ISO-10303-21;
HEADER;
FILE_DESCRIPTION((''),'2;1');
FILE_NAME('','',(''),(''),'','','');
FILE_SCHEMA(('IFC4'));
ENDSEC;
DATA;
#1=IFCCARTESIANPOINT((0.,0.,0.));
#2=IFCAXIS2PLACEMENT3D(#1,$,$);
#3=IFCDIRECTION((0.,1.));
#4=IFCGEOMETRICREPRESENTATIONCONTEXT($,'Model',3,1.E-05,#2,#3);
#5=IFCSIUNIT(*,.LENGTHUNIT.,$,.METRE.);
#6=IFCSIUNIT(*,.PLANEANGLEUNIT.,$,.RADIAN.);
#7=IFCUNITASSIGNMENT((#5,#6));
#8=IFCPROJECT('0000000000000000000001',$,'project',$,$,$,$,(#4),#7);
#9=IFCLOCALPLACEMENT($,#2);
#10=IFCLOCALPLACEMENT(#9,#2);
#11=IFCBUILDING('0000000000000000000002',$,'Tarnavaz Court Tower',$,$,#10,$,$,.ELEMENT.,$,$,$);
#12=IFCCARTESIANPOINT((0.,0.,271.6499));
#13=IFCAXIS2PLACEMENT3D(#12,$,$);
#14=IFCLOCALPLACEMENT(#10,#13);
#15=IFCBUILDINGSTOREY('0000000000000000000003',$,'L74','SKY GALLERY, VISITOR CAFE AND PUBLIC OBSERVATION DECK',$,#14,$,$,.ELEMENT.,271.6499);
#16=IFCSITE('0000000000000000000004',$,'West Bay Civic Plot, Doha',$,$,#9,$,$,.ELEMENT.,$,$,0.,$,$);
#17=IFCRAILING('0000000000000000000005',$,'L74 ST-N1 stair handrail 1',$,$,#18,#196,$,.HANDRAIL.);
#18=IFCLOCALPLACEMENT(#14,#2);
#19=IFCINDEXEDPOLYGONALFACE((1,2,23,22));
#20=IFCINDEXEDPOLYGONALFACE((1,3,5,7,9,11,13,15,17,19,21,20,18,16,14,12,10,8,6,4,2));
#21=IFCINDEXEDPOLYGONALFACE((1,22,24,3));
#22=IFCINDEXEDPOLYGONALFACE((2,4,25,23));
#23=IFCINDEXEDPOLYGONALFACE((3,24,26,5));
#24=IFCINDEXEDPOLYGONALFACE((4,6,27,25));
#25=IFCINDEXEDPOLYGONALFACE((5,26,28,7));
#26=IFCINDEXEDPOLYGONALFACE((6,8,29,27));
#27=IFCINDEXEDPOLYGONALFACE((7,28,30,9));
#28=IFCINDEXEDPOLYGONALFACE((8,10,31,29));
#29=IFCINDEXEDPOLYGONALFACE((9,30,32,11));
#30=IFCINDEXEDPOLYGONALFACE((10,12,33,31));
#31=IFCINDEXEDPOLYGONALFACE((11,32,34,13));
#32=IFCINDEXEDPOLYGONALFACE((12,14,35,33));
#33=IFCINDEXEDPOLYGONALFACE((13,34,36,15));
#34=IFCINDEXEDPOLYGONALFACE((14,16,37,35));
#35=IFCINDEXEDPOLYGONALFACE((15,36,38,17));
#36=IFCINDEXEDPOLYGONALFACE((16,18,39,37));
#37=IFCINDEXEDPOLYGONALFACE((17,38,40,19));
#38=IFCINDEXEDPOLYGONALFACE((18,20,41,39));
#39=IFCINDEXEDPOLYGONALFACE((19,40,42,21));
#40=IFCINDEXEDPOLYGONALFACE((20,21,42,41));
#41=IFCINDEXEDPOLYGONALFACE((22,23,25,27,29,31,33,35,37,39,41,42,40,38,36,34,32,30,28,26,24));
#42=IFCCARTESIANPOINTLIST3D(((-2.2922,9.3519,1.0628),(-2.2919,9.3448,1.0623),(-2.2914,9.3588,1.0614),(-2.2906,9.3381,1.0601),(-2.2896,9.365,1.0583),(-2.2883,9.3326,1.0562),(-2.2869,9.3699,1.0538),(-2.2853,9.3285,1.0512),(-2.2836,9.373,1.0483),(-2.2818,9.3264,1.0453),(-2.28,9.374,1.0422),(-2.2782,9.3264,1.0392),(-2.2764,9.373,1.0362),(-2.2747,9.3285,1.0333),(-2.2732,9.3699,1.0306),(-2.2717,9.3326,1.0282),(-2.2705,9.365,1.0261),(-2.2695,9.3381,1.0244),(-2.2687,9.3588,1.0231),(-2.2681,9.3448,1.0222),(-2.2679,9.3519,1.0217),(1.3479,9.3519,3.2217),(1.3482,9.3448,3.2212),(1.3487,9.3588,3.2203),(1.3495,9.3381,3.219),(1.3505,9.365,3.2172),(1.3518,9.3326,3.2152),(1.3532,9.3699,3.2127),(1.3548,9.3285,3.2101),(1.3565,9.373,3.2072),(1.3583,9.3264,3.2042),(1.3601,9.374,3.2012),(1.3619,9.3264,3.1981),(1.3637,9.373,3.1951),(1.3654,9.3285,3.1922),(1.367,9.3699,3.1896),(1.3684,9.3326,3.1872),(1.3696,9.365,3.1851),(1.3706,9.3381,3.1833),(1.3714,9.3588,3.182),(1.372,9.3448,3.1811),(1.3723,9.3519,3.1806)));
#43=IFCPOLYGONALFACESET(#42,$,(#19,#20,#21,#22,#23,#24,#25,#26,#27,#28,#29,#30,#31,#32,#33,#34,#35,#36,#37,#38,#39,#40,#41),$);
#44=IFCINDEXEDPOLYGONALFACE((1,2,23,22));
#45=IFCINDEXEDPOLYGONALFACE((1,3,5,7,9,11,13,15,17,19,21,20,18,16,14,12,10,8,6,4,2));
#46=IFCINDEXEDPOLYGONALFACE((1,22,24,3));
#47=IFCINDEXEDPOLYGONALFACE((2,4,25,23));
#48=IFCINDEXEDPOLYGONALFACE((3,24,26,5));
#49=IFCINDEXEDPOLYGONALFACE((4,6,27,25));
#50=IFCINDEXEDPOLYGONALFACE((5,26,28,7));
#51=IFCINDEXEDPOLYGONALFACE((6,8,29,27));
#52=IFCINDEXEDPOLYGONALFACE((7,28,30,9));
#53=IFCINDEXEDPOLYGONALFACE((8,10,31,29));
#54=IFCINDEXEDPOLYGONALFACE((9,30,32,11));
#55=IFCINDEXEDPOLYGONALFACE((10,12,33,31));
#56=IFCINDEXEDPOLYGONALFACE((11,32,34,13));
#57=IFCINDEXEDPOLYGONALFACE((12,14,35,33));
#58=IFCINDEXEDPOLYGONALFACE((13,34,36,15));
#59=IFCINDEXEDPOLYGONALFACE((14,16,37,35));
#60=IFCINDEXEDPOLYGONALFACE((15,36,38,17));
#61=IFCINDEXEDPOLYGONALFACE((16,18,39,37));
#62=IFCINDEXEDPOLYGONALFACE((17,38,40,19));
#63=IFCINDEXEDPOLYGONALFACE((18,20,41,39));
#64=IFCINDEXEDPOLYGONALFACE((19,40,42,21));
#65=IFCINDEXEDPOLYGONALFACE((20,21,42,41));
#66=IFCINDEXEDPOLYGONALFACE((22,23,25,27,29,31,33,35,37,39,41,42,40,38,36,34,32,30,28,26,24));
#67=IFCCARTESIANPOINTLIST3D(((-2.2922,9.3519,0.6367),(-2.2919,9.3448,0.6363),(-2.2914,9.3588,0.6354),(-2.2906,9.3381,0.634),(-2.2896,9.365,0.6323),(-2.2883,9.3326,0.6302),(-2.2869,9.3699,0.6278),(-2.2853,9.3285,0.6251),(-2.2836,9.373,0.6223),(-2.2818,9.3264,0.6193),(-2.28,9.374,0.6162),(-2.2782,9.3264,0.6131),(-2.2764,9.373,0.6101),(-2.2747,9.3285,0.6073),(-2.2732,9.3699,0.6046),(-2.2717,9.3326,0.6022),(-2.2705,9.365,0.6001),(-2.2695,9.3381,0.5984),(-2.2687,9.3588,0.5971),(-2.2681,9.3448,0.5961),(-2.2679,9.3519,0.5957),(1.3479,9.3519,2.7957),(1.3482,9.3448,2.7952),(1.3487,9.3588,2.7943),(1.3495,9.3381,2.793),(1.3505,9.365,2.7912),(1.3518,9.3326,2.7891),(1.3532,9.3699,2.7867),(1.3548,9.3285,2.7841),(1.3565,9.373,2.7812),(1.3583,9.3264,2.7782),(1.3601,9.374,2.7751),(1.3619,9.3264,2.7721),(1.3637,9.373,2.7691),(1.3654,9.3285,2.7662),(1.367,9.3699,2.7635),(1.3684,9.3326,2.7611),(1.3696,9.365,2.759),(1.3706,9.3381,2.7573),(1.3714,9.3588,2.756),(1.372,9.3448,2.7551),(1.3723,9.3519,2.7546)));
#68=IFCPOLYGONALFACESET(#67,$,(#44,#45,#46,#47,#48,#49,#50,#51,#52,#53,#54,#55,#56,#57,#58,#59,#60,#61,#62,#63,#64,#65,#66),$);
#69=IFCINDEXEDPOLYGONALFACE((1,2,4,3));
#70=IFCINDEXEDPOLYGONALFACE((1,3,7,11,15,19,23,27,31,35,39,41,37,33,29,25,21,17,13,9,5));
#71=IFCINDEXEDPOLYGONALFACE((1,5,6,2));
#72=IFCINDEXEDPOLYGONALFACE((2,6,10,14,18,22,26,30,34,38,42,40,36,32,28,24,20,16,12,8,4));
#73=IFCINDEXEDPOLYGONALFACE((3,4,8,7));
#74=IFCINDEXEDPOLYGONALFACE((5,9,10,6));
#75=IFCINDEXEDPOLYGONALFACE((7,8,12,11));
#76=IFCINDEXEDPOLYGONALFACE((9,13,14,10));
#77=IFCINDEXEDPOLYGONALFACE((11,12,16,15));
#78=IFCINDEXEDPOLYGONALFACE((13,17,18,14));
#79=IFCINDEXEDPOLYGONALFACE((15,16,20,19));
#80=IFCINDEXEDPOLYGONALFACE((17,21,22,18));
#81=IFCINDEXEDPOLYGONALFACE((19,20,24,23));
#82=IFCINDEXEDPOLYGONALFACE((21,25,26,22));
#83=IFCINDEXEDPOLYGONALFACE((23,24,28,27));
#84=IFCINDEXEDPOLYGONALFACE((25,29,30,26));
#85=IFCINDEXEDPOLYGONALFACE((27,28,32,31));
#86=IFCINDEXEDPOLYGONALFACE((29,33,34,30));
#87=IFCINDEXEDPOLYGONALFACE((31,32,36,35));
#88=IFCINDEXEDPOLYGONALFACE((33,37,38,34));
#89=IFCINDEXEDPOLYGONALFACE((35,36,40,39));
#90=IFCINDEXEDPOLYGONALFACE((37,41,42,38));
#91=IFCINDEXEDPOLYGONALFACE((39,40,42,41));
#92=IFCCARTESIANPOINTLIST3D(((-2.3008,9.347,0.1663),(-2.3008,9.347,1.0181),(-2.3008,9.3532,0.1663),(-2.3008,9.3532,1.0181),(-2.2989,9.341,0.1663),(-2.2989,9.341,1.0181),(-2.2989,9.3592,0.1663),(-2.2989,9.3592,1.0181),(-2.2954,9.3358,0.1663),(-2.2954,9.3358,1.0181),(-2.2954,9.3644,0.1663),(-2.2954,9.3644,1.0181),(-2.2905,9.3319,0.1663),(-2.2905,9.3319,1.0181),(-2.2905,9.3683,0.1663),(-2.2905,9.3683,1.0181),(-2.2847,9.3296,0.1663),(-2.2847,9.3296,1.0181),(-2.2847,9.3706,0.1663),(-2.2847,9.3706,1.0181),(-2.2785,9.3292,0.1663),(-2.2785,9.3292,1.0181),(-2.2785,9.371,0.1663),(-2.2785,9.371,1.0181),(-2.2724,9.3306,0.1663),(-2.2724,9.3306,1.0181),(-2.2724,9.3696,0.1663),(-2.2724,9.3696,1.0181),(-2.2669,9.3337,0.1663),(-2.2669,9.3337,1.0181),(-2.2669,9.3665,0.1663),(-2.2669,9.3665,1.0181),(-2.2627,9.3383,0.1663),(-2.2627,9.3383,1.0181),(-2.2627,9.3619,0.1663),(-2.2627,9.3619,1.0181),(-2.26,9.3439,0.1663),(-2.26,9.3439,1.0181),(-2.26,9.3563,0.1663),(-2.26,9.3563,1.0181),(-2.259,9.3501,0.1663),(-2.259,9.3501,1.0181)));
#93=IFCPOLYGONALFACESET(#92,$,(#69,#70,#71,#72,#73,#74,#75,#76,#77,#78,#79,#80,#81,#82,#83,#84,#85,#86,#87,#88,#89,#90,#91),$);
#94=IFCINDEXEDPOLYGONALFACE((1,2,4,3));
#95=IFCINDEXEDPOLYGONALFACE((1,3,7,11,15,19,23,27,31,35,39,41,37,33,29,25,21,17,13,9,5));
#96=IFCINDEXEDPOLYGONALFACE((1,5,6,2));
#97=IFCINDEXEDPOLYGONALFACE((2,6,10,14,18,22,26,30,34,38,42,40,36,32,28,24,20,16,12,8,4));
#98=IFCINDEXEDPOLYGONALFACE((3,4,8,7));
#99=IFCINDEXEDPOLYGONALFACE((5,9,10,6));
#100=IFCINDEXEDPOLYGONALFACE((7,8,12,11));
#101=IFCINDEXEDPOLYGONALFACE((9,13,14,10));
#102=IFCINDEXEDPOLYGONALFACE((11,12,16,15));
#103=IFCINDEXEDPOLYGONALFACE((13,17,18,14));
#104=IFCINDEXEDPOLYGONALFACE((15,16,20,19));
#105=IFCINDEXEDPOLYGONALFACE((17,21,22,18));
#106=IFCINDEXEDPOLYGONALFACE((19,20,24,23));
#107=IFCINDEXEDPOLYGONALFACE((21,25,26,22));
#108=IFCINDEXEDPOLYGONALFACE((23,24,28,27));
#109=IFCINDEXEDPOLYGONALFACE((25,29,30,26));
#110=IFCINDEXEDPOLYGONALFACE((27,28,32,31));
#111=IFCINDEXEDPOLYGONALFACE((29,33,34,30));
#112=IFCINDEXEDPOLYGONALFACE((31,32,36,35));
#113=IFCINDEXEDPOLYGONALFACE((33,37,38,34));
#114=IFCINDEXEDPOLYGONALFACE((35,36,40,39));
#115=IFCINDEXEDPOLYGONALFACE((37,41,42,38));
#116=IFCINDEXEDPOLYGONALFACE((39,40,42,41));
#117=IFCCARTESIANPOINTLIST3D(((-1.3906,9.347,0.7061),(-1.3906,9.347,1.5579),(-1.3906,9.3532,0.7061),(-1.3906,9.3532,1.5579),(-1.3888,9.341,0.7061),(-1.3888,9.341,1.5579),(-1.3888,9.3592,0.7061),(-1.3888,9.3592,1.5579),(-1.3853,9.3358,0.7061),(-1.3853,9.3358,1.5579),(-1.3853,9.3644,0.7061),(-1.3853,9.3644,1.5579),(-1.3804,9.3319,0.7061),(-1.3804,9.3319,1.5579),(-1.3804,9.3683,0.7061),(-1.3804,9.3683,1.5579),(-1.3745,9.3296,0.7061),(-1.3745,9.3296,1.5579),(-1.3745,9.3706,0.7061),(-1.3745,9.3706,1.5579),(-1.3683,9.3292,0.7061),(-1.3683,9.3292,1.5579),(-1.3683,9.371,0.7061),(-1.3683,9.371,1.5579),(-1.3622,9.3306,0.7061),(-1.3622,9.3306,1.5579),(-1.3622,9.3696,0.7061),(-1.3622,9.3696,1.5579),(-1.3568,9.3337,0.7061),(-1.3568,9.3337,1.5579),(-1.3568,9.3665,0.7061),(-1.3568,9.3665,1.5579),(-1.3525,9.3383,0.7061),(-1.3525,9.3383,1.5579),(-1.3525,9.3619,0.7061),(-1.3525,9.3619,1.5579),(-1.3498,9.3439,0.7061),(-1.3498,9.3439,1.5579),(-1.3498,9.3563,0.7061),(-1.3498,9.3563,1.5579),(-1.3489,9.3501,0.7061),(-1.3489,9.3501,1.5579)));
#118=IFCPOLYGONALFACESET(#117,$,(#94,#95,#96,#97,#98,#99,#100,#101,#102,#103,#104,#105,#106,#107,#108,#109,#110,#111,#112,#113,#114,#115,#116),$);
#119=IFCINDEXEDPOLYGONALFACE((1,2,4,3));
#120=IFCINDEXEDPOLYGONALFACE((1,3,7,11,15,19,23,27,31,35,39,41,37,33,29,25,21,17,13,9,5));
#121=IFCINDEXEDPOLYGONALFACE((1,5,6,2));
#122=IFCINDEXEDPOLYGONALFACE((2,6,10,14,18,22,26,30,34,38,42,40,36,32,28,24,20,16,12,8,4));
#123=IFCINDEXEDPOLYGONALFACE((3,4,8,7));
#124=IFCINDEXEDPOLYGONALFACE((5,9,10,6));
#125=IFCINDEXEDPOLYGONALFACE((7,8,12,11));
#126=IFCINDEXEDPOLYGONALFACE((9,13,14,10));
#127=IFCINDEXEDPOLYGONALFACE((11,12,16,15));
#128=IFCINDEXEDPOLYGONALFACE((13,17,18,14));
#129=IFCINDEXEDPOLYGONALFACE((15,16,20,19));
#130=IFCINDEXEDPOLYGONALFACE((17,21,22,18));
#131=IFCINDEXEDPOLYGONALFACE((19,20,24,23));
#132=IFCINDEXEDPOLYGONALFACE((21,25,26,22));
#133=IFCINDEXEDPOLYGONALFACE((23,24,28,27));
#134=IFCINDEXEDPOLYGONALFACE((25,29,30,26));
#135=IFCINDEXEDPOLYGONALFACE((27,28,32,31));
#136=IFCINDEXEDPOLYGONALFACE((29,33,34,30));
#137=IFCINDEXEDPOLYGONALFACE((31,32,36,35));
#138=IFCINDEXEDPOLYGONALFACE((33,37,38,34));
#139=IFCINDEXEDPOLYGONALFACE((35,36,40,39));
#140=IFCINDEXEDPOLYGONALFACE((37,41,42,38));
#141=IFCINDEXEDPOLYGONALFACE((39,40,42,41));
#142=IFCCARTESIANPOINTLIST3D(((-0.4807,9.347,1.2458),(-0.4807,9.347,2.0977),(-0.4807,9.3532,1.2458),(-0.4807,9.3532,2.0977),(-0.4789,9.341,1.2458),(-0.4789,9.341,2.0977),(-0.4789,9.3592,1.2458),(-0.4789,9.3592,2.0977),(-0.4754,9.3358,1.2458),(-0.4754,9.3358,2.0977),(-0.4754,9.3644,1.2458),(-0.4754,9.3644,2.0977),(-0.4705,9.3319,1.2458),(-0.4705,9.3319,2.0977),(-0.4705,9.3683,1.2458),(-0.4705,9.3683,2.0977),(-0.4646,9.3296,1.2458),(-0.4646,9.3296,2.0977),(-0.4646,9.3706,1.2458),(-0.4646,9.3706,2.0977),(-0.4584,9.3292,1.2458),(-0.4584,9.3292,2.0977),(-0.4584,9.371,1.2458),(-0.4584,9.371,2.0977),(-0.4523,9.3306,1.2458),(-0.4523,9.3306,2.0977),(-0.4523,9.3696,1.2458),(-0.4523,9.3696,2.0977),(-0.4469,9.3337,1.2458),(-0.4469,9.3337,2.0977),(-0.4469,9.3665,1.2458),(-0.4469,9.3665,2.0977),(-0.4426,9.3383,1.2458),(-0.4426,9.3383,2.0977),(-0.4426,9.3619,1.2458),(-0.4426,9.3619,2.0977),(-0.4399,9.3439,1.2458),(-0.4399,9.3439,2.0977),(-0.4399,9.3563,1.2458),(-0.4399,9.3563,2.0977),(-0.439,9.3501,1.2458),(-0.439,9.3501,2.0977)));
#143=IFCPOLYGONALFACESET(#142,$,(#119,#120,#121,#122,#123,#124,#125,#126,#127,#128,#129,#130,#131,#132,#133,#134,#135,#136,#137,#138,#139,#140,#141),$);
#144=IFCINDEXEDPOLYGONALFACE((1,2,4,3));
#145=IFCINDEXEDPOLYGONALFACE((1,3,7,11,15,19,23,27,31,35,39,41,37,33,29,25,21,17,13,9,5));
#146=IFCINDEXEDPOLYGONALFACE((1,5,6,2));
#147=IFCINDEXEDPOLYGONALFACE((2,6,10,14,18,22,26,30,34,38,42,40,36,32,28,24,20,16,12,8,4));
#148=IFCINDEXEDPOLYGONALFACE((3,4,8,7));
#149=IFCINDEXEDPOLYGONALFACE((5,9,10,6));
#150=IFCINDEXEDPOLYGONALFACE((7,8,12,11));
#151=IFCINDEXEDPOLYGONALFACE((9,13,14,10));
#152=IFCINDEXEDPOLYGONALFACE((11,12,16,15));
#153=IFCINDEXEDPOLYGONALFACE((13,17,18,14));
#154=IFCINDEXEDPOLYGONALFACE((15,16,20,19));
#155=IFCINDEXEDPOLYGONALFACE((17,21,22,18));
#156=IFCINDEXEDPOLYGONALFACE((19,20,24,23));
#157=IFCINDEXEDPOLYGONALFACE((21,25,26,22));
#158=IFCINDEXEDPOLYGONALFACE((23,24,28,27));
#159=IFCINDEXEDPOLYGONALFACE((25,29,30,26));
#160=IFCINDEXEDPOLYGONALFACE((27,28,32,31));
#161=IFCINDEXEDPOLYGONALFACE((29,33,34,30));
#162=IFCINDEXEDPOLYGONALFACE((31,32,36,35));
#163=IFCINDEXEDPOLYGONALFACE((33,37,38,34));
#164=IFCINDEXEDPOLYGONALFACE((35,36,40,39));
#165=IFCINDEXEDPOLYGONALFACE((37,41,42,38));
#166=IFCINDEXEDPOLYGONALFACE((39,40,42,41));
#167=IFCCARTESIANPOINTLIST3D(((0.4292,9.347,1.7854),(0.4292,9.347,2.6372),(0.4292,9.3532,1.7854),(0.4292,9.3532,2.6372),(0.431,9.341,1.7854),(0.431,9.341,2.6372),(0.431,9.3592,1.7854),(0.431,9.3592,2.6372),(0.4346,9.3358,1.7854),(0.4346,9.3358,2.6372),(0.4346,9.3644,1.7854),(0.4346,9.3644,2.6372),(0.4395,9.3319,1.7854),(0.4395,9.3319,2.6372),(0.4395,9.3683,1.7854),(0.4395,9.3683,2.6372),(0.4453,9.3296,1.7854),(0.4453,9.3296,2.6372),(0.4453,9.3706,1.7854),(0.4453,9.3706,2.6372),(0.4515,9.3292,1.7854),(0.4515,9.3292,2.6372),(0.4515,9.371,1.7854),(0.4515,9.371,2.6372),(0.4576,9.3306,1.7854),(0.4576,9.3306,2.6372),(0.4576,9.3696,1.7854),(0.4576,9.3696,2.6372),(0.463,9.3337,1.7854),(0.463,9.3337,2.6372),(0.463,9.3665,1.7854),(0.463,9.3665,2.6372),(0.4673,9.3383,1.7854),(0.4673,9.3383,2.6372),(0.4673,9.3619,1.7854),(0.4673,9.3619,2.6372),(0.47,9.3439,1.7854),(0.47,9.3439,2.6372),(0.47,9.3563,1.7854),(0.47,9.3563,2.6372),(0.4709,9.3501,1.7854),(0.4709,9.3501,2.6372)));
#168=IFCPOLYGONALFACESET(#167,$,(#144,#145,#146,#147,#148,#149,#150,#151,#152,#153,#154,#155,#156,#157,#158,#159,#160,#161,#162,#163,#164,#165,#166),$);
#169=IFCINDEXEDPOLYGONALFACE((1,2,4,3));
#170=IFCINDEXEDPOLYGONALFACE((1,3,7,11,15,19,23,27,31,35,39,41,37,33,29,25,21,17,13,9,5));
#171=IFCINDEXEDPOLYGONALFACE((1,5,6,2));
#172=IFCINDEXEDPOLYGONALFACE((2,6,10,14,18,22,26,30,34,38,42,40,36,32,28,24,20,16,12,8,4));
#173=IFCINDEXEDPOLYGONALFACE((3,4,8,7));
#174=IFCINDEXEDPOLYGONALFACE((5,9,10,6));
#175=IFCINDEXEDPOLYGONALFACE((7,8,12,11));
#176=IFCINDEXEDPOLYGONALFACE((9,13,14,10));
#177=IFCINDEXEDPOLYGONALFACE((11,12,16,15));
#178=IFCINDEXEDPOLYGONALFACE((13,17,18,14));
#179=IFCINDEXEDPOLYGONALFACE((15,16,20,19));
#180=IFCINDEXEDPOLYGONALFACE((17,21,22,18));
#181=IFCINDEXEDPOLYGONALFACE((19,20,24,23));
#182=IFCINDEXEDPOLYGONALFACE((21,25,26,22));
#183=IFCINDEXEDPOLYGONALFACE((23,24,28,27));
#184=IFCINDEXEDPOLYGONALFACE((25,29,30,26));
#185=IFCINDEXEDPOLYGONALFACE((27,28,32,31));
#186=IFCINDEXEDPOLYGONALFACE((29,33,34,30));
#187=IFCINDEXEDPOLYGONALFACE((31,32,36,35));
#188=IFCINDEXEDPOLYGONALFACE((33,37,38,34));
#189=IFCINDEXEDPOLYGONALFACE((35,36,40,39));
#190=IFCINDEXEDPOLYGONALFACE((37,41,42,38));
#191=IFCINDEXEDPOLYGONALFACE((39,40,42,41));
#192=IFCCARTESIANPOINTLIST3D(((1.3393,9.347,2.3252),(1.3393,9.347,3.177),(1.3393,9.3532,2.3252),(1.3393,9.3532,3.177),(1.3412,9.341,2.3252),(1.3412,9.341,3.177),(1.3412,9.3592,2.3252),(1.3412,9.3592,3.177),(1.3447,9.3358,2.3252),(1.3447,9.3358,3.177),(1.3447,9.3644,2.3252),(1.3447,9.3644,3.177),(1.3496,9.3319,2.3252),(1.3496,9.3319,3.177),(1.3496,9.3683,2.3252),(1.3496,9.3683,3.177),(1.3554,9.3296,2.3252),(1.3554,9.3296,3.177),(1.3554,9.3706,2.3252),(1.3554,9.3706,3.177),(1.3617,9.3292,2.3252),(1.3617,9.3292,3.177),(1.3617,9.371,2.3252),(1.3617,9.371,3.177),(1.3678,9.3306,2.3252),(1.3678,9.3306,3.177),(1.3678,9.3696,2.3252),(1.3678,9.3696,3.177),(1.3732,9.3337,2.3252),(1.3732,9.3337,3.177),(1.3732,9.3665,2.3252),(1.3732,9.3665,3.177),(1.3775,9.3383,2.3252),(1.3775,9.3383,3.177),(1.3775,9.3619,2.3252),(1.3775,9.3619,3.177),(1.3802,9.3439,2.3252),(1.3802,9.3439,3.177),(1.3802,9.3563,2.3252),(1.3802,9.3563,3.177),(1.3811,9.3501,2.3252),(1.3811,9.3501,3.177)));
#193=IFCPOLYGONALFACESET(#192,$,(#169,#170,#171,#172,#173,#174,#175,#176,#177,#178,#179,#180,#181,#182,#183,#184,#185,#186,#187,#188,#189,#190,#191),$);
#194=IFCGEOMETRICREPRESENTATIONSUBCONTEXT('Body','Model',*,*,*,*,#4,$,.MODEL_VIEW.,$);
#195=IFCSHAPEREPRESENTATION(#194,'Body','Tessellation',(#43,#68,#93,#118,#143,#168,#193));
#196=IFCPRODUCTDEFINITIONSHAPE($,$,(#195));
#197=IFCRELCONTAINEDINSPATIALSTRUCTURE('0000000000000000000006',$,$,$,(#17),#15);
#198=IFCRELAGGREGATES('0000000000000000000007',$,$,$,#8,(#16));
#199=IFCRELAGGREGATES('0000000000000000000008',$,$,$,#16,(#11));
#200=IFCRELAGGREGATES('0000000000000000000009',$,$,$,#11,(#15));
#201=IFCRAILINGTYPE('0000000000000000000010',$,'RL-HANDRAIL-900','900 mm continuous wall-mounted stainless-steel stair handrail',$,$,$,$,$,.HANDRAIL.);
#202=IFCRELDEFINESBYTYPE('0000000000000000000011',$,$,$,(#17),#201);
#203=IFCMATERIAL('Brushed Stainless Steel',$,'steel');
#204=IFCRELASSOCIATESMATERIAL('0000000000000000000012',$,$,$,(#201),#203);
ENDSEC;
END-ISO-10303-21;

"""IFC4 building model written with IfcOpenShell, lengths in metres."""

from ifc_helpers import new_model, si_unit, direction, frame, origin, origin_2d, place, context, subcontext, project, spatial, circle, extrude, material, type_object, element, save


model = new_model("IFC4")

# Units and contexts
model_context = context("Model", 3, precision=1e-05, world=origin(), true_north=direction((0.0, 1.0)))
body_context = subcontext(model_context, "Body", "Model", "MODEL_VIEW")
ifc_project = project(units=[si_unit("LENGTHUNIT", "METRE"), si_unit("PLANEANGLEUNIT", "RADIAN")], contexts=[model_context])

# Site, building, storey
site_placement = place(None, origin())
site = spatial("IfcSite", under=ifc_project, at=site_placement, Name="West Bay Civic Plot, Doha", CompositionType="ELEMENT", RefElevation=0.0)
building_placement = place(site_placement, origin())
building = spatial("IfcBuilding", under=site, at=building_placement, Name="Tarnavaz Court Tower", CompositionType="ELEMENT")
storey_placement = place(building_placement, frame((0.0, 0.0, 271.6499)))
storey = spatial("IfcBuildingStorey", under=building, at=storey_placement, Name="L74", Description="SKY GALLERY, VISITOR CAFE AND PUBLIC OBSERVATION DECK", CompositionType="ELEMENT", Elevation=271.6499)

# Railing
ifc_material_1 = material(Name="Brushed Stainless Steel", Category="steel")
railing_type_1 = type_object("IfcRailingType", Name="RL-HANDRAIL-900", Description="900 mm continuous wall-mounted stainless-steel stair handrail", PredefinedType="HANDRAIL", material=ifc_material_1)
railing_1_placement = place(storey_placement, frame((-2.28, 9.3501, 0.1663)))
element("IfcRailing", 1, at=railing_1_placement, inside=storey, type_object=railing_type_1, Name="L74 ST-N1 stair handrail 1", PredefinedType="HANDRAIL", context=body_context, shape_type="SweptSolid", body=[
    extrude(circle(Radius=0.0239, at=origin_2d()), frame((0.0, 0.0, 0.876), z_axis=(0.860103, 0.0, 0.51012), x_axis=(0.0, 1.0, 0.0)), (0.0, 0.0, 1.0), 4.2322),
    extrude(circle(Radius=0.0239, at=origin_2d()), frame((0.0, 0.0, 0.45), z_axis=(0.860103, 0.0, 0.51012), x_axis=(0.0, 1.0, 0.0)), (0.0, 0.0, 1.0), 4.2322),
    extrude(circle(Radius=0.021, at=origin_2d()), origin(), (0.0, 0.0, 1.0), 0.8518),
    extrude(circle(Radius=0.021, at=origin_2d()), frame((0.9102, 0.0, 0.5398)), (0.0, 0.0, 1.0), 0.8518),
    extrude(circle(Radius=0.021, at=origin_2d()), frame((1.8201, 0.0, 1.0796)), (0.0, 0.0, 1.0), 0.8518),
    extrude(circle(Radius=0.021, at=origin_2d()), frame((2.73, 0.0, 1.6191)), (0.0, 0.0, 1.0), 0.8518),
    extrude(circle(Radius=0.021, at=origin_2d()), frame((3.6401, 0.0, 2.1589)), (0.0, 0.0, 1.0), 0.8518),
])

save(model, "model.ifc")
